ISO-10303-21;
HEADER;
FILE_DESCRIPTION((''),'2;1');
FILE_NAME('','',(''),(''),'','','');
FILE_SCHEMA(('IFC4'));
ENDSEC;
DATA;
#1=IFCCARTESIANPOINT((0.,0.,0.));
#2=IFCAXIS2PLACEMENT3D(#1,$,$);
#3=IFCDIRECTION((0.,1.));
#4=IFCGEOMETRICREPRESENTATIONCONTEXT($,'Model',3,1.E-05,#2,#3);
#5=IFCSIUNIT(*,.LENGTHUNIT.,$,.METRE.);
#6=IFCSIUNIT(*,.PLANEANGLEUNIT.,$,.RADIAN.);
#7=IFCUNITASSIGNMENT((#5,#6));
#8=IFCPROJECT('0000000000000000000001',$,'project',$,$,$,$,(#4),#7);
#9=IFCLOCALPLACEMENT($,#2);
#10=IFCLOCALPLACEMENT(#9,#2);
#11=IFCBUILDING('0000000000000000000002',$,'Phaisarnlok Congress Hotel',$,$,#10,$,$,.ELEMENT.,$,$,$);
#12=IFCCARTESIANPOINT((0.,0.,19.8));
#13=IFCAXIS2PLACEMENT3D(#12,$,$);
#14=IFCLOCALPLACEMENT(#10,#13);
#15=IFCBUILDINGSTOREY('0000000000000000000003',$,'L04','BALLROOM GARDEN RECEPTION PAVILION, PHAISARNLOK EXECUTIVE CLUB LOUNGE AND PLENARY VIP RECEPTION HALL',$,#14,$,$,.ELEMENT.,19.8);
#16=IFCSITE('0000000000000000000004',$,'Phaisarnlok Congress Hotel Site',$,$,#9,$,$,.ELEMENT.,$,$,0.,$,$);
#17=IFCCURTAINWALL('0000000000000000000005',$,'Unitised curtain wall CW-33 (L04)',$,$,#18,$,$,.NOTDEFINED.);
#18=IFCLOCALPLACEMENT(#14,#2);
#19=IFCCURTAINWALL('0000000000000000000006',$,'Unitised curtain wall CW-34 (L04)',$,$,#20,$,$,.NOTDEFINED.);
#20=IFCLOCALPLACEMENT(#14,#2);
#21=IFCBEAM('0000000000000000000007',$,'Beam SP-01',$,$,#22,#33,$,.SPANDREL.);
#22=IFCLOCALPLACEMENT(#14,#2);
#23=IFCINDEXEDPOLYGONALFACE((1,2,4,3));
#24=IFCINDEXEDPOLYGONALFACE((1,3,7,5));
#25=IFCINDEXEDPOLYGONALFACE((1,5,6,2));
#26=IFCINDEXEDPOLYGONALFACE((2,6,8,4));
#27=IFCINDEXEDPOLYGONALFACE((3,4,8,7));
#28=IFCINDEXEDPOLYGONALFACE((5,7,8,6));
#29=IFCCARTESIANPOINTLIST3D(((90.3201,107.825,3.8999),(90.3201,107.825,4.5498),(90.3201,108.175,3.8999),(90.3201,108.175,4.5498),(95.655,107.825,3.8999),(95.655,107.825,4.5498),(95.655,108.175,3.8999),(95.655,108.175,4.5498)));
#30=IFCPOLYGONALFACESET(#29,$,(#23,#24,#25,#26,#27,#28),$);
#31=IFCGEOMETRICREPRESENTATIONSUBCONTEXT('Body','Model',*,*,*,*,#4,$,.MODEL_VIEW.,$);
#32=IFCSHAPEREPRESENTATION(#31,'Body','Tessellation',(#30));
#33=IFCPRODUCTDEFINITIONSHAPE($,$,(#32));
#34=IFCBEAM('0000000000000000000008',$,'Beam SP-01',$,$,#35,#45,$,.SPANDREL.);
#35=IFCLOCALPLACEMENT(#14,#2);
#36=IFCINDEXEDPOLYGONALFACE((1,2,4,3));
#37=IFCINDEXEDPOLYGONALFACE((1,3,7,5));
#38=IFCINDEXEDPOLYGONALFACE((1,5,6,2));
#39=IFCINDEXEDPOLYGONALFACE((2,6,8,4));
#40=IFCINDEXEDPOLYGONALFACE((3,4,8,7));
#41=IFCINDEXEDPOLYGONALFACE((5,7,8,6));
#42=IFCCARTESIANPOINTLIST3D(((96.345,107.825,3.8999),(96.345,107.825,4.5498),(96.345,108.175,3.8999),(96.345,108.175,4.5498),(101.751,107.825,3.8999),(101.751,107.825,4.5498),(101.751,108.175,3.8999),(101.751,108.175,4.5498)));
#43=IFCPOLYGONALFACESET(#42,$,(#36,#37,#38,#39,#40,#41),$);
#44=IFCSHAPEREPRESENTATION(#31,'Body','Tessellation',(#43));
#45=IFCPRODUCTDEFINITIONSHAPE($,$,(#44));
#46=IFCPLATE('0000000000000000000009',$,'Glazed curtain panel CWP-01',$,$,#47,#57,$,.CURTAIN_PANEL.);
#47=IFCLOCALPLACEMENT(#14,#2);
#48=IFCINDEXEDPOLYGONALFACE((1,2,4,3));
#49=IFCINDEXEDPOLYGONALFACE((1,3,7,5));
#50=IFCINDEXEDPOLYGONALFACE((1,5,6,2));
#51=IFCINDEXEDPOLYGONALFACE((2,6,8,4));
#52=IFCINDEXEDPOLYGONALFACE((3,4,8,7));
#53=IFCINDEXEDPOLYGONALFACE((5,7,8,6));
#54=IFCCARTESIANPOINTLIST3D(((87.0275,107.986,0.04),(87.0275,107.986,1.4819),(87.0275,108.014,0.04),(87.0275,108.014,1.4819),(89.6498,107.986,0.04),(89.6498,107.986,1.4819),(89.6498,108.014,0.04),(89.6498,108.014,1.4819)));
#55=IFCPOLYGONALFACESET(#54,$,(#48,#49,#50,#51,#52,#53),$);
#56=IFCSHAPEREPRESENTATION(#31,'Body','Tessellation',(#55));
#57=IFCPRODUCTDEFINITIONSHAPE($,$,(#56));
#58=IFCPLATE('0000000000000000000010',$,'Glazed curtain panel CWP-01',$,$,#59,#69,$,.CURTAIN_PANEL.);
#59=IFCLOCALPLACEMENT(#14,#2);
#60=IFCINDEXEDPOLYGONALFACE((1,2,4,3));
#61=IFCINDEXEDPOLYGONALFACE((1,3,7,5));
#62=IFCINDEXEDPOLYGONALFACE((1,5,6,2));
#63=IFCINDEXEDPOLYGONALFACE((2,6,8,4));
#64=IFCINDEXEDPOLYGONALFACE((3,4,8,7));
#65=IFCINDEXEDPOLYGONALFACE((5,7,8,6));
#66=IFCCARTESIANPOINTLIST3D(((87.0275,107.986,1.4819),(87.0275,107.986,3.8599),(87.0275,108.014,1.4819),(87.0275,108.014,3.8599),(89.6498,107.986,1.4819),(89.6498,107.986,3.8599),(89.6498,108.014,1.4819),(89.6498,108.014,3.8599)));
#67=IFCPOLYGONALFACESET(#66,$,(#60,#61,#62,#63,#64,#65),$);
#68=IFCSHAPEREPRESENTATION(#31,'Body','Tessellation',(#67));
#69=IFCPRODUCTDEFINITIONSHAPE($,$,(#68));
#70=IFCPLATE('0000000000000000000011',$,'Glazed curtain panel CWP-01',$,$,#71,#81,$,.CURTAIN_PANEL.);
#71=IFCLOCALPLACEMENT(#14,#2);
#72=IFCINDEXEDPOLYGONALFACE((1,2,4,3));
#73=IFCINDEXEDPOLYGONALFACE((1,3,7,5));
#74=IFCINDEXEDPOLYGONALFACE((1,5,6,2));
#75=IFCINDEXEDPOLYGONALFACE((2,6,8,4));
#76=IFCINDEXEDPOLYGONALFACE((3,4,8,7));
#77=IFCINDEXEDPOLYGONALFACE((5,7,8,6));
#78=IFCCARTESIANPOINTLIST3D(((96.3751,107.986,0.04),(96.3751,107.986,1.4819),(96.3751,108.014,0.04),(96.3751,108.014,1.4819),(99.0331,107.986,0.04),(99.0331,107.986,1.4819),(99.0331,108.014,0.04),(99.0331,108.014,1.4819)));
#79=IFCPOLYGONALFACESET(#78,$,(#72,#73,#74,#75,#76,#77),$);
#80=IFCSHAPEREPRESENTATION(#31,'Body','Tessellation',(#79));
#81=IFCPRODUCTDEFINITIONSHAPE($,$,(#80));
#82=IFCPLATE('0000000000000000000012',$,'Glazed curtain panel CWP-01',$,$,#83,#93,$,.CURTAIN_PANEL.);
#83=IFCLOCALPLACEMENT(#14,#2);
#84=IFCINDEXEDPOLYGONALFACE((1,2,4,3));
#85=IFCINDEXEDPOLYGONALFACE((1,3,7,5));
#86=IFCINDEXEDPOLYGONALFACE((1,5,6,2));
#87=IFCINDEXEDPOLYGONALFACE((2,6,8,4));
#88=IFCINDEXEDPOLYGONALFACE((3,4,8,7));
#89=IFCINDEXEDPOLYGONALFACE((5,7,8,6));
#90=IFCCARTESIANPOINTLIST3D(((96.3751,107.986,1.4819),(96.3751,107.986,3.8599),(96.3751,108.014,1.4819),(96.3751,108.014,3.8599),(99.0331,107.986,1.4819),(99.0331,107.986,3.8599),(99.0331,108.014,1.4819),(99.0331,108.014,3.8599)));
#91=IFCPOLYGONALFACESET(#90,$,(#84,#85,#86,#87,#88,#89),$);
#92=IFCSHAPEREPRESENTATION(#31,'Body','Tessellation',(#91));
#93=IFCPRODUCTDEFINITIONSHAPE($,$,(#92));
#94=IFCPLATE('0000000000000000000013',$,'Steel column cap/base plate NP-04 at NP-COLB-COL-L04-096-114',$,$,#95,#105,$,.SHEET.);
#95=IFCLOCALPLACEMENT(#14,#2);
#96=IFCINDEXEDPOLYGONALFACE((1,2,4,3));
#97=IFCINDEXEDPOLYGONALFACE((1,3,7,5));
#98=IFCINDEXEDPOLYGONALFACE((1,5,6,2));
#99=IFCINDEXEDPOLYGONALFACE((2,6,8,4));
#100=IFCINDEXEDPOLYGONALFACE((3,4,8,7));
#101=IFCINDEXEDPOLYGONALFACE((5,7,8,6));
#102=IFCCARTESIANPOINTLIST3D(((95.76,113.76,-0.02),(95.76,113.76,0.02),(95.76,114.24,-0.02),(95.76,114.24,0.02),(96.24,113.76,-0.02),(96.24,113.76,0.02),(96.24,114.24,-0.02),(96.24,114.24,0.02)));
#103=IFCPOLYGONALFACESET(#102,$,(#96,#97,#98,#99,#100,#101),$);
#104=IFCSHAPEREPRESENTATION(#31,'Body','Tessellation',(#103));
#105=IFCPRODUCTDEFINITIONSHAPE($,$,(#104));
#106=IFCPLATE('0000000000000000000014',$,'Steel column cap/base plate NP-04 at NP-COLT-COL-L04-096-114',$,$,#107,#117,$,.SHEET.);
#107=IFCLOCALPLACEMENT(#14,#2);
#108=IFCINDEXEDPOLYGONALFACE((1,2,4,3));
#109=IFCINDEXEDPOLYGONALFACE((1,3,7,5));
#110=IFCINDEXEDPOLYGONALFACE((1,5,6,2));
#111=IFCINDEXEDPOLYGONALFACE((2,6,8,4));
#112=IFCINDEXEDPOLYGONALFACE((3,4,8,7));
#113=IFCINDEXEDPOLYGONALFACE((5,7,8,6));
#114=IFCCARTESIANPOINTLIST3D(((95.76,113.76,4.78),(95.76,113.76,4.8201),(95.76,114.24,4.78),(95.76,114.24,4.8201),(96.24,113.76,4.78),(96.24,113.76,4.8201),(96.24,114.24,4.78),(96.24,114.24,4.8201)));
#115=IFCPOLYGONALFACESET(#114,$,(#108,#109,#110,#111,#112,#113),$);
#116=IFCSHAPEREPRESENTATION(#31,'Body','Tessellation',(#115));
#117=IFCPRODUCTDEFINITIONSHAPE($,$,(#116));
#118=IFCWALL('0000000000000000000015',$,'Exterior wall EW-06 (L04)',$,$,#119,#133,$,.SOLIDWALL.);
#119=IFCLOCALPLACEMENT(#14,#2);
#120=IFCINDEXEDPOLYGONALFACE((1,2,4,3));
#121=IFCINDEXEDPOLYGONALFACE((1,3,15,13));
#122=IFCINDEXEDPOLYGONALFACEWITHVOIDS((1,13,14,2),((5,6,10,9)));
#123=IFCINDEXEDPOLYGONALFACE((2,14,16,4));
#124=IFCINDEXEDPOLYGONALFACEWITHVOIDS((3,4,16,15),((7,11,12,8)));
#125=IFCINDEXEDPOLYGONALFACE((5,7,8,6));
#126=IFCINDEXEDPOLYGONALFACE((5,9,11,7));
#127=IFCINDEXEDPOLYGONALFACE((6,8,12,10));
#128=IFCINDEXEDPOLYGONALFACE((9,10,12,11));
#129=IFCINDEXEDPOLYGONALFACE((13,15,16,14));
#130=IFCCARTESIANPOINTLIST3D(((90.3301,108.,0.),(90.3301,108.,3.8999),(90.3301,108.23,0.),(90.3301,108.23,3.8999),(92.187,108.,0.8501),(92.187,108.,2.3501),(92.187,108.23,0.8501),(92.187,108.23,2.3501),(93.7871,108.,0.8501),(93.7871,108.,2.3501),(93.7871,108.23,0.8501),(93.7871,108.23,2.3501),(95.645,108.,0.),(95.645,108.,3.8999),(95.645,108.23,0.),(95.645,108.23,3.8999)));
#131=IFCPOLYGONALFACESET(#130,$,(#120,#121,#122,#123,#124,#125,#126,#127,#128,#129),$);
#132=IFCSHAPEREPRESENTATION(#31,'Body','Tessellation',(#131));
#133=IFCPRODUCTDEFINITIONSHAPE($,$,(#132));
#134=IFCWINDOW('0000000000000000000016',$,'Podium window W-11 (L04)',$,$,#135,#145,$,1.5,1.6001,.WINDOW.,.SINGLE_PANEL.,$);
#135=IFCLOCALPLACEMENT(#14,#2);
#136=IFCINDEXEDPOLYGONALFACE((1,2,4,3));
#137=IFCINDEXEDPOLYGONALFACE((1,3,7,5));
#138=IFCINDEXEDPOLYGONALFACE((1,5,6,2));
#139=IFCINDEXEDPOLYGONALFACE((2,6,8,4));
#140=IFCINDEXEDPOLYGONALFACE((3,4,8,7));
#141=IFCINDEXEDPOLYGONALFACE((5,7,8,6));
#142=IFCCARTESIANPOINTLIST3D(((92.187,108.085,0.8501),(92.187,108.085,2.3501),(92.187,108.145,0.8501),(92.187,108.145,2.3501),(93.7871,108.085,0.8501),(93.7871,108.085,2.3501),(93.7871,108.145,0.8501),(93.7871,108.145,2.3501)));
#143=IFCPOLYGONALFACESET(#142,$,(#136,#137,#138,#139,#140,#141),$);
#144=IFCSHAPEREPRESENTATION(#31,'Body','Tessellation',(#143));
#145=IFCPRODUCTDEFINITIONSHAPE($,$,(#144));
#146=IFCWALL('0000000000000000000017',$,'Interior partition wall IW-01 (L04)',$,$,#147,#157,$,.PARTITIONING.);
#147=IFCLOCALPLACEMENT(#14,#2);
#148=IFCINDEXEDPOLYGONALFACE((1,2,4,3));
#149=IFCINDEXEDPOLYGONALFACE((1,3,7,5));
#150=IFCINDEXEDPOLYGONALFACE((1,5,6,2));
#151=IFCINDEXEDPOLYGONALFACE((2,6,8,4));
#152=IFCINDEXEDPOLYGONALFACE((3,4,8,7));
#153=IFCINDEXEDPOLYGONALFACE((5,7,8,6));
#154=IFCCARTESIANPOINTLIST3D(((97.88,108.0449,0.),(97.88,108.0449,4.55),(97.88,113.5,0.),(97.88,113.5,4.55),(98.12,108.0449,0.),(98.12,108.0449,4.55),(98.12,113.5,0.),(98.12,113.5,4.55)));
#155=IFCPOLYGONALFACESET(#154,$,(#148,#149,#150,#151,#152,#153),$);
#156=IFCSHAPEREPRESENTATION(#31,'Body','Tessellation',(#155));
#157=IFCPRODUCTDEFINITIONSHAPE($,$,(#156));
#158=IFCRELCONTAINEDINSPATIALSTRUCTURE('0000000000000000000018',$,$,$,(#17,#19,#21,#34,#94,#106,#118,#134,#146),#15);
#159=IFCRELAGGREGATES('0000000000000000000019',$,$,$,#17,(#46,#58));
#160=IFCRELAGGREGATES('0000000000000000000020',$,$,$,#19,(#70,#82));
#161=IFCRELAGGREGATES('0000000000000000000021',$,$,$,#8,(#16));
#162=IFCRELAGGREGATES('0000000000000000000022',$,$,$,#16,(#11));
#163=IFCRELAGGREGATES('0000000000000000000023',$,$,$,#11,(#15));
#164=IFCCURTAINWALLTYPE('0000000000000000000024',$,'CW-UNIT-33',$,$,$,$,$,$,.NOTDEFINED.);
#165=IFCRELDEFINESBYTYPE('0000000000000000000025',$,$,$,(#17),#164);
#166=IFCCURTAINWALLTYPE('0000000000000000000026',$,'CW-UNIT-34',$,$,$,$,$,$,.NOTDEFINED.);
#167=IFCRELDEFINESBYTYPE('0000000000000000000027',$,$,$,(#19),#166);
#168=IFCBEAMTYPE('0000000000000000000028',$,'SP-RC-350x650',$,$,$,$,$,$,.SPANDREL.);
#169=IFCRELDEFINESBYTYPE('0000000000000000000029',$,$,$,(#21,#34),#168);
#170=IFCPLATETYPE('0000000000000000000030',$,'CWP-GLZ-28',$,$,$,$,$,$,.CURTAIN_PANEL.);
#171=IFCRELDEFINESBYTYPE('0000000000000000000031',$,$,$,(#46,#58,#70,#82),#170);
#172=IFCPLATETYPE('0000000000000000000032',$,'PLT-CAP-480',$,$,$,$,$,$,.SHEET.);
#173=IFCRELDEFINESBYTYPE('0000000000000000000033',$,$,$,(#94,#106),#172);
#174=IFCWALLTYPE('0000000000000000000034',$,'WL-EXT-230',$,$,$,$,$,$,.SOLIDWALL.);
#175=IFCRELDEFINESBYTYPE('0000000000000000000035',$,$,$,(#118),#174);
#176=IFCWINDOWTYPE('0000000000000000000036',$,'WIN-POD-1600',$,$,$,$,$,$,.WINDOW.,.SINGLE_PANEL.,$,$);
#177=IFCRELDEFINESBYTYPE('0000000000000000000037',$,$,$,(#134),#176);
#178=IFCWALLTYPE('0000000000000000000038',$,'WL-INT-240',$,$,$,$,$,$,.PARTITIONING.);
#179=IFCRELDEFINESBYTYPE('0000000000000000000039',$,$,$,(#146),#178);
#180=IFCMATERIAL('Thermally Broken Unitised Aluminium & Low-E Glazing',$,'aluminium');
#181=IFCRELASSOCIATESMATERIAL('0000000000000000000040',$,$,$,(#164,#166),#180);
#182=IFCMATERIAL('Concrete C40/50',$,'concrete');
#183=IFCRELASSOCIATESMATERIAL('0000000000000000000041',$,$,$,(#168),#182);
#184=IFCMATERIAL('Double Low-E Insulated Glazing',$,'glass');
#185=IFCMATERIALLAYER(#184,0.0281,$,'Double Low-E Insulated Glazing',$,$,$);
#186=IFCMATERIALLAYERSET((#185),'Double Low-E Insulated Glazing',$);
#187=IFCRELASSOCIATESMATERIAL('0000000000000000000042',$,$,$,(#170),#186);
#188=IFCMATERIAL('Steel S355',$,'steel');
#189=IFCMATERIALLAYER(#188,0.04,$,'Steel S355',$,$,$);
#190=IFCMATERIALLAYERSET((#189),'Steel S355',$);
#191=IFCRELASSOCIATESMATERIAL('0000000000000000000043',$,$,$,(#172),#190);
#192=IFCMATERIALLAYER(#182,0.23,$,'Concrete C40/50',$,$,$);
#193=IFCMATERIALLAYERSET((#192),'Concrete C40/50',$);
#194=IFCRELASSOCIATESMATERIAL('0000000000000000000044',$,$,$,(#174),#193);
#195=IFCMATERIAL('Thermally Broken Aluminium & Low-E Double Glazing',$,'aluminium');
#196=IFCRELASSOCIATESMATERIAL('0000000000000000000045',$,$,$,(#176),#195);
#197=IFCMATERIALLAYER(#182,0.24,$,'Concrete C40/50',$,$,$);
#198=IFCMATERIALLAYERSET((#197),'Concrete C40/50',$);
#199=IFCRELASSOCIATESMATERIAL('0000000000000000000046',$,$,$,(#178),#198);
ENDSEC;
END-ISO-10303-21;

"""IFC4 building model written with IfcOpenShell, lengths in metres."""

from ifc_helpers import new_model, si_unit, direction, frame, frame_2d, origin, origin_2d, place, context, subcontext, project, spatial, rectangle, extrude, material, layer, layer_set, material_profile, profile_set, type_object, element, fill, aggregate, save


model = new_model("IFC4")

# Units and contexts
model_context = context("Model", 3, precision=1e-05, world=origin(), true_north=direction((0.0, 1.0)))
body_context = subcontext(model_context, "Body", "Model", "MODEL_VIEW")
ifc_project = project(units=[si_unit("LENGTHUNIT", "METRE"), si_unit("PLANEANGLEUNIT", "RADIAN")], contexts=[model_context])

# Site, building, storey
site_placement = place(None, origin())
site = spatial("IfcSite", under=ifc_project, at=site_placement, Name="Phaisarnlok Congress Hotel Site", CompositionType="ELEMENT", RefElevation=0.0)
building_placement = place(site_placement, origin())
building = spatial("IfcBuilding", under=site, at=building_placement, Name="Phaisarnlok Congress Hotel", CompositionType="ELEMENT")
storey_placement = place(building_placement, frame((0.0, 0.0, 19.8)))
storey = spatial("IfcBuildingStorey", under=building, at=storey_placement, Name="L04", Description="BALLROOM GARDEN RECEPTION PAVILION, PHAISARNLOK EXECUTIVE CLUB LOUNGE AND PLENARY VIP RECEPTION HALL", CompositionType="ELEMENT", Elevation=19.8)

# Shared definitions
ifc_material_1 = material(Name="Steel S355", Category="steel")

# Shared definitions
ifc_material_2 = material(Name="Concrete C40/50", Category="concrete")

# Curtain walls
ifc_material_3 = material(Name="Thermally Broken Unitised Aluminium & Low-E Glazing", Category="aluminium")
curtain_wall_type_1 = type_object("IfcCurtainWallType", Name="CW-UNIT-33", PredefinedType="NOTDEFINED", material=ifc_material_3)
curtain_wall_1_placement = place(storey_placement, origin())
curtain_wall_1 = element("IfcCurtainWall", 1, at=curtain_wall_1_placement, inside=storey, type_object=curtain_wall_type_1, Name="Unitised curtain wall CW-33 (L04)", PredefinedType="NOTDEFINED")
curtain_wall_type_2 = type_object("IfcCurtainWallType", Name="CW-UNIT-34", PredefinedType="NOTDEFINED", material=ifc_material_3)
curtain_wall_2_placement = place(storey_placement, origin())
curtain_wall_2 = element("IfcCurtainWall", 2, at=curtain_wall_2_placement, inside=storey, type_object=curtain_wall_type_2, Name="Unitised curtain wall CW-34 (L04)", PredefinedType="NOTDEFINED")

# Beams
ifc_material_profile_1 = material_profile(ifc_material_2, rectangle(XDim=0.3501, YDim=0.6499, at=origin_2d()), Name="RC 350x650")
ifc_profile_set_1 = profile_set([ifc_material_profile_1], Name="Concrete C40/50")
beam_type_1 = type_object("IfcBeamType", Name="SP-RC-350x650", PredefinedType="SPANDREL", material=ifc_profile_set_1)
beam_1_placement = place(storey_placement, frame((90.3201, 108.0, 4.2249), z_axis=(1.0, 0.0, 0.0), x_axis=(0.0, 1.0, 0.0)))
element("IfcBeam", 3, at=beam_1_placement, inside=storey, type_object=beam_type_1, Name="Beam SP-01", PredefinedType="SPANDREL", context=body_context, shape_type="SweptSolid", body=[
    extrude(rectangle(XDim=0.3501, YDim=0.6499, at=origin_2d()), origin(), (0.0, 0.0, 1.0), 5.335),
])
beam_2_placement = place(storey_placement, frame((96.345, 108.0, 4.2249), z_axis=(1.0, 0.0, 0.0), x_axis=(0.0, 1.0, 0.0)))
element("IfcBeam", 4, at=beam_2_placement, inside=storey, type_object=beam_type_1, Name="Beam SP-01", PredefinedType="SPANDREL", context=body_context, shape_type="SweptSolid", body=[
    extrude(rectangle(XDim=0.3501, YDim=0.6499, at=origin_2d()), origin(), (0.0, 0.0, 1.0), 5.406),
])

# Plates
ifc_material_4 = material(Name="Double Low-E Insulated Glazing", Category="glass")
ifc_layer_1 = layer(ifc_material_4, 0.0281, Name="Double Low-E Insulated Glazing")
ifc_layer_set_1 = layer_set([ifc_layer_1], Name="Double Low-E Insulated Glazing")
plate_type_1 = type_object("IfcPlateType", Name="CWP-GLZ-28", PredefinedType="CURTAIN_PANEL", material=ifc_layer_set_1)
plate_1_placement = place(storey_placement, frame((87.0276, 108.0, 0.04), z_axis=(0.0, 0.0, 1.0), x_axis=(1.0, 0.0, 0.0)))
plate_1 = element("IfcPlate", 5, at=plate_1_placement, type_object=plate_type_1, Name="Glazed curtain panel CWP-01", PredefinedType="CURTAIN_PANEL", context=body_context, shape_type="SweptSolid", body=[
    extrude(rectangle(XDim=2.6223, YDim=0.0281, at=frame_2d((1.311, 0.0))), origin(), (0.0, 0.0, 1.0), 1.4419),
])
plate_2_placement = place(storey_placement, frame((87.0276, 108.0, 1.4819), z_axis=(0.0, 0.0, 1.0), x_axis=(1.0, 0.0, 0.0)))
plate_2 = element("IfcPlate", 6, at=plate_2_placement, type_object=plate_type_1, Name="Glazed curtain panel CWP-01", PredefinedType="CURTAIN_PANEL", context=body_context, shape_type="SweptSolid", body=[
    extrude(rectangle(XDim=2.6223, YDim=0.0281, at=frame_2d((1.311, 0.0))), origin(), (0.0, 0.0, 1.0), 2.3779),
])
aggregate(curtain_wall_1, [plate_1, plate_2])
plate_3_placement = place(storey_placement, frame((96.375, 108.0, 0.04), z_axis=(0.0, 0.0, 1.0), x_axis=(1.0, 0.0, 0.0)))
plate_3 = element("IfcPlate", 7, at=plate_3_placement, type_object=plate_type_1, Name="Glazed curtain panel CWP-01", PredefinedType="CURTAIN_PANEL", context=body_context, shape_type="SweptSolid", body=[
    extrude(rectangle(XDim=2.658, YDim=0.0281, at=frame_2d((1.3291, 0.0))), origin(), (0.0, 0.0, 1.0), 1.4419),
])
plate_4_placement = place(storey_placement, frame((96.375, 108.0, 1.4819), z_axis=(0.0, 0.0, 1.0), x_axis=(1.0, 0.0, 0.0)))
plate_4 = element("IfcPlate", 8, at=plate_4_placement, type_object=plate_type_1, Name="Glazed curtain panel CWP-01", PredefinedType="CURTAIN_PANEL", context=body_context, shape_type="SweptSolid", body=[
    extrude(rectangle(XDim=2.658, YDim=0.0281, at=frame_2d((1.3291, 0.0))), origin(), (0.0, 0.0, 1.0), 2.3779),
])
aggregate(curtain_wall_2, [plate_3, plate_4])

# Plates
ifc_layer_2 = layer(ifc_material_1, 0.04, Name="Steel S355")
ifc_layer_set_2 = layer_set([ifc_layer_2], Name="Steel S355")
plate_type_2 = type_object("IfcPlateType", Name="PLT-CAP-480", PredefinedType="SHEET", material=ifc_layer_set_2)
for number, where, z_axis, x_axis, name in (
    (9, (96.0, 114.0, -0.02), (0.0, 0.0, 1.0), (1.0, 0.0, 0.0), "Steel column cap/base plate NP-04 at NP-COLB-COL-L04-096-114"),
    (10, (96.0, 114.0, 4.78), (0.0, 0.0, 1.0), (1.0, 0.0, 0.0), "Steel column cap/base plate NP-04 at NP-COLT-COL-L04-096-114"),
):
    element("IfcPlate", number, at=place(storey_placement, frame(where, z_axis=z_axis, x_axis=x_axis)), inside=storey, type_object=plate_type_2, Name=name, PredefinedType="SHEET", context=body_context, shape_type="SweptSolid", body=[
        extrude(rectangle(XDim=0.48, YDim=0.48, at=origin_2d()), origin(), (0.0, 0.0, 1.0), 0.04),
    ])

# Wall, opening, window
ifc_layer_3 = layer(ifc_material_2, 0.23, Name="Concrete C40/50")
ifc_layer_set_3 = layer_set([ifc_layer_3], Name="Concrete C40/50")
wall_type_1 = type_object("IfcWallType", Name="WL-EXT-230", PredefinedType="SOLIDWALL", material=ifc_layer_set_3)
wall_1_placement = place(storey_placement, frame((90.3301, 108.115, 0.0), z_axis=(0.0, 0.0, 1.0), x_axis=(1.0, 0.0, 0.0)))
wall_1 = element("IfcWall", 11, at=wall_1_placement, inside=storey, type_object=wall_type_1, Name="Exterior wall EW-06 (L04)", PredefinedType="SOLIDWALL", context=body_context, shape_type="SweptSolid", body=[
    extrude(rectangle(XDim=5.3149, YDim=0.23, at=frame_2d((2.6575, 0.0))), origin(), (0.0, 0.0, 1.0), 3.8999),
])
opening_placement = place(wall_1_placement, frame((1.8569, 0.0, 0.8501)))
opening = element("IfcOpeningElement", 12, at=opening_placement, cuts=wall_1, PredefinedType="OPENING", context=body_context, shape_type="SweptSolid", body=[
    extrude(rectangle(XDim=1.6001, YDim=1.5, at=frame_2d((0.8, 0.75))), frame((0.0, 0.125, 0.0), z_axis=(0.0, -1.0, 0.0), x_axis=(1.0, 0.0, 0.0)), (0.0, 0.0, 1.0), 0.25),
])
ifc_material_5 = material(Name="Thermally Broken Aluminium & Low-E Double Glazing", Category="aluminium")
window_type = type_object("IfcWindowType", Name="WIN-POD-1600", PartitioningType="SINGLE_PANEL", PredefinedType="WINDOW", material=ifc_material_5)
window_placement = place(opening_placement, origin())
window = element("IfcWindow", 13, at=window_placement, inside=storey, type_object=window_type, Name="Podium window W-11 (L04)", OverallHeight=1.5, OverallWidth=1.6001, PartitioningType="SINGLE_PANEL", PredefinedType="WINDOW", context=body_context, shape_type="SweptSolid", body=[
    extrude(rectangle(XDim=1.6001, YDim=1.5, at=frame_2d((0.8, 0.75))), frame((0.0, 0.03, 0.0), z_axis=(0.0, -1.0, 0.0), x_axis=(1.0, 0.0, 0.0)), (0.0, 0.0, 1.0), 0.0601),
])
fill(opening, window)

# Wall
ifc_layer_4 = layer(ifc_material_2, 0.24, Name="Concrete C40/50")
ifc_layer_set_4 = layer_set([ifc_layer_4], Name="Concrete C40/50")
wall_type_2 = type_object("IfcWallType", Name="WL-INT-240", PredefinedType="PARTITIONING", material=ifc_layer_set_4)
wall_2_placement = place(storey_placement, frame((98.0, 108.0449, 0.0), z_axis=(0.0, 0.0, 1.0), x_axis=(0.0, 1.0, 0.0)))
element("IfcWall", 14, at=wall_2_placement, inside=storey, type_object=wall_type_2, Name="Interior partition wall IW-01 (L04)", PredefinedType="PARTITIONING", context=body_context, shape_type="SweptSolid", body=[
    extrude(rectangle(XDim=5.4551, YDim=0.24, at=frame_2d((2.7275, 0.0))), origin(), (0.0, 0.0, 1.0), 4.55),
])

save(model, "model.ifc")
